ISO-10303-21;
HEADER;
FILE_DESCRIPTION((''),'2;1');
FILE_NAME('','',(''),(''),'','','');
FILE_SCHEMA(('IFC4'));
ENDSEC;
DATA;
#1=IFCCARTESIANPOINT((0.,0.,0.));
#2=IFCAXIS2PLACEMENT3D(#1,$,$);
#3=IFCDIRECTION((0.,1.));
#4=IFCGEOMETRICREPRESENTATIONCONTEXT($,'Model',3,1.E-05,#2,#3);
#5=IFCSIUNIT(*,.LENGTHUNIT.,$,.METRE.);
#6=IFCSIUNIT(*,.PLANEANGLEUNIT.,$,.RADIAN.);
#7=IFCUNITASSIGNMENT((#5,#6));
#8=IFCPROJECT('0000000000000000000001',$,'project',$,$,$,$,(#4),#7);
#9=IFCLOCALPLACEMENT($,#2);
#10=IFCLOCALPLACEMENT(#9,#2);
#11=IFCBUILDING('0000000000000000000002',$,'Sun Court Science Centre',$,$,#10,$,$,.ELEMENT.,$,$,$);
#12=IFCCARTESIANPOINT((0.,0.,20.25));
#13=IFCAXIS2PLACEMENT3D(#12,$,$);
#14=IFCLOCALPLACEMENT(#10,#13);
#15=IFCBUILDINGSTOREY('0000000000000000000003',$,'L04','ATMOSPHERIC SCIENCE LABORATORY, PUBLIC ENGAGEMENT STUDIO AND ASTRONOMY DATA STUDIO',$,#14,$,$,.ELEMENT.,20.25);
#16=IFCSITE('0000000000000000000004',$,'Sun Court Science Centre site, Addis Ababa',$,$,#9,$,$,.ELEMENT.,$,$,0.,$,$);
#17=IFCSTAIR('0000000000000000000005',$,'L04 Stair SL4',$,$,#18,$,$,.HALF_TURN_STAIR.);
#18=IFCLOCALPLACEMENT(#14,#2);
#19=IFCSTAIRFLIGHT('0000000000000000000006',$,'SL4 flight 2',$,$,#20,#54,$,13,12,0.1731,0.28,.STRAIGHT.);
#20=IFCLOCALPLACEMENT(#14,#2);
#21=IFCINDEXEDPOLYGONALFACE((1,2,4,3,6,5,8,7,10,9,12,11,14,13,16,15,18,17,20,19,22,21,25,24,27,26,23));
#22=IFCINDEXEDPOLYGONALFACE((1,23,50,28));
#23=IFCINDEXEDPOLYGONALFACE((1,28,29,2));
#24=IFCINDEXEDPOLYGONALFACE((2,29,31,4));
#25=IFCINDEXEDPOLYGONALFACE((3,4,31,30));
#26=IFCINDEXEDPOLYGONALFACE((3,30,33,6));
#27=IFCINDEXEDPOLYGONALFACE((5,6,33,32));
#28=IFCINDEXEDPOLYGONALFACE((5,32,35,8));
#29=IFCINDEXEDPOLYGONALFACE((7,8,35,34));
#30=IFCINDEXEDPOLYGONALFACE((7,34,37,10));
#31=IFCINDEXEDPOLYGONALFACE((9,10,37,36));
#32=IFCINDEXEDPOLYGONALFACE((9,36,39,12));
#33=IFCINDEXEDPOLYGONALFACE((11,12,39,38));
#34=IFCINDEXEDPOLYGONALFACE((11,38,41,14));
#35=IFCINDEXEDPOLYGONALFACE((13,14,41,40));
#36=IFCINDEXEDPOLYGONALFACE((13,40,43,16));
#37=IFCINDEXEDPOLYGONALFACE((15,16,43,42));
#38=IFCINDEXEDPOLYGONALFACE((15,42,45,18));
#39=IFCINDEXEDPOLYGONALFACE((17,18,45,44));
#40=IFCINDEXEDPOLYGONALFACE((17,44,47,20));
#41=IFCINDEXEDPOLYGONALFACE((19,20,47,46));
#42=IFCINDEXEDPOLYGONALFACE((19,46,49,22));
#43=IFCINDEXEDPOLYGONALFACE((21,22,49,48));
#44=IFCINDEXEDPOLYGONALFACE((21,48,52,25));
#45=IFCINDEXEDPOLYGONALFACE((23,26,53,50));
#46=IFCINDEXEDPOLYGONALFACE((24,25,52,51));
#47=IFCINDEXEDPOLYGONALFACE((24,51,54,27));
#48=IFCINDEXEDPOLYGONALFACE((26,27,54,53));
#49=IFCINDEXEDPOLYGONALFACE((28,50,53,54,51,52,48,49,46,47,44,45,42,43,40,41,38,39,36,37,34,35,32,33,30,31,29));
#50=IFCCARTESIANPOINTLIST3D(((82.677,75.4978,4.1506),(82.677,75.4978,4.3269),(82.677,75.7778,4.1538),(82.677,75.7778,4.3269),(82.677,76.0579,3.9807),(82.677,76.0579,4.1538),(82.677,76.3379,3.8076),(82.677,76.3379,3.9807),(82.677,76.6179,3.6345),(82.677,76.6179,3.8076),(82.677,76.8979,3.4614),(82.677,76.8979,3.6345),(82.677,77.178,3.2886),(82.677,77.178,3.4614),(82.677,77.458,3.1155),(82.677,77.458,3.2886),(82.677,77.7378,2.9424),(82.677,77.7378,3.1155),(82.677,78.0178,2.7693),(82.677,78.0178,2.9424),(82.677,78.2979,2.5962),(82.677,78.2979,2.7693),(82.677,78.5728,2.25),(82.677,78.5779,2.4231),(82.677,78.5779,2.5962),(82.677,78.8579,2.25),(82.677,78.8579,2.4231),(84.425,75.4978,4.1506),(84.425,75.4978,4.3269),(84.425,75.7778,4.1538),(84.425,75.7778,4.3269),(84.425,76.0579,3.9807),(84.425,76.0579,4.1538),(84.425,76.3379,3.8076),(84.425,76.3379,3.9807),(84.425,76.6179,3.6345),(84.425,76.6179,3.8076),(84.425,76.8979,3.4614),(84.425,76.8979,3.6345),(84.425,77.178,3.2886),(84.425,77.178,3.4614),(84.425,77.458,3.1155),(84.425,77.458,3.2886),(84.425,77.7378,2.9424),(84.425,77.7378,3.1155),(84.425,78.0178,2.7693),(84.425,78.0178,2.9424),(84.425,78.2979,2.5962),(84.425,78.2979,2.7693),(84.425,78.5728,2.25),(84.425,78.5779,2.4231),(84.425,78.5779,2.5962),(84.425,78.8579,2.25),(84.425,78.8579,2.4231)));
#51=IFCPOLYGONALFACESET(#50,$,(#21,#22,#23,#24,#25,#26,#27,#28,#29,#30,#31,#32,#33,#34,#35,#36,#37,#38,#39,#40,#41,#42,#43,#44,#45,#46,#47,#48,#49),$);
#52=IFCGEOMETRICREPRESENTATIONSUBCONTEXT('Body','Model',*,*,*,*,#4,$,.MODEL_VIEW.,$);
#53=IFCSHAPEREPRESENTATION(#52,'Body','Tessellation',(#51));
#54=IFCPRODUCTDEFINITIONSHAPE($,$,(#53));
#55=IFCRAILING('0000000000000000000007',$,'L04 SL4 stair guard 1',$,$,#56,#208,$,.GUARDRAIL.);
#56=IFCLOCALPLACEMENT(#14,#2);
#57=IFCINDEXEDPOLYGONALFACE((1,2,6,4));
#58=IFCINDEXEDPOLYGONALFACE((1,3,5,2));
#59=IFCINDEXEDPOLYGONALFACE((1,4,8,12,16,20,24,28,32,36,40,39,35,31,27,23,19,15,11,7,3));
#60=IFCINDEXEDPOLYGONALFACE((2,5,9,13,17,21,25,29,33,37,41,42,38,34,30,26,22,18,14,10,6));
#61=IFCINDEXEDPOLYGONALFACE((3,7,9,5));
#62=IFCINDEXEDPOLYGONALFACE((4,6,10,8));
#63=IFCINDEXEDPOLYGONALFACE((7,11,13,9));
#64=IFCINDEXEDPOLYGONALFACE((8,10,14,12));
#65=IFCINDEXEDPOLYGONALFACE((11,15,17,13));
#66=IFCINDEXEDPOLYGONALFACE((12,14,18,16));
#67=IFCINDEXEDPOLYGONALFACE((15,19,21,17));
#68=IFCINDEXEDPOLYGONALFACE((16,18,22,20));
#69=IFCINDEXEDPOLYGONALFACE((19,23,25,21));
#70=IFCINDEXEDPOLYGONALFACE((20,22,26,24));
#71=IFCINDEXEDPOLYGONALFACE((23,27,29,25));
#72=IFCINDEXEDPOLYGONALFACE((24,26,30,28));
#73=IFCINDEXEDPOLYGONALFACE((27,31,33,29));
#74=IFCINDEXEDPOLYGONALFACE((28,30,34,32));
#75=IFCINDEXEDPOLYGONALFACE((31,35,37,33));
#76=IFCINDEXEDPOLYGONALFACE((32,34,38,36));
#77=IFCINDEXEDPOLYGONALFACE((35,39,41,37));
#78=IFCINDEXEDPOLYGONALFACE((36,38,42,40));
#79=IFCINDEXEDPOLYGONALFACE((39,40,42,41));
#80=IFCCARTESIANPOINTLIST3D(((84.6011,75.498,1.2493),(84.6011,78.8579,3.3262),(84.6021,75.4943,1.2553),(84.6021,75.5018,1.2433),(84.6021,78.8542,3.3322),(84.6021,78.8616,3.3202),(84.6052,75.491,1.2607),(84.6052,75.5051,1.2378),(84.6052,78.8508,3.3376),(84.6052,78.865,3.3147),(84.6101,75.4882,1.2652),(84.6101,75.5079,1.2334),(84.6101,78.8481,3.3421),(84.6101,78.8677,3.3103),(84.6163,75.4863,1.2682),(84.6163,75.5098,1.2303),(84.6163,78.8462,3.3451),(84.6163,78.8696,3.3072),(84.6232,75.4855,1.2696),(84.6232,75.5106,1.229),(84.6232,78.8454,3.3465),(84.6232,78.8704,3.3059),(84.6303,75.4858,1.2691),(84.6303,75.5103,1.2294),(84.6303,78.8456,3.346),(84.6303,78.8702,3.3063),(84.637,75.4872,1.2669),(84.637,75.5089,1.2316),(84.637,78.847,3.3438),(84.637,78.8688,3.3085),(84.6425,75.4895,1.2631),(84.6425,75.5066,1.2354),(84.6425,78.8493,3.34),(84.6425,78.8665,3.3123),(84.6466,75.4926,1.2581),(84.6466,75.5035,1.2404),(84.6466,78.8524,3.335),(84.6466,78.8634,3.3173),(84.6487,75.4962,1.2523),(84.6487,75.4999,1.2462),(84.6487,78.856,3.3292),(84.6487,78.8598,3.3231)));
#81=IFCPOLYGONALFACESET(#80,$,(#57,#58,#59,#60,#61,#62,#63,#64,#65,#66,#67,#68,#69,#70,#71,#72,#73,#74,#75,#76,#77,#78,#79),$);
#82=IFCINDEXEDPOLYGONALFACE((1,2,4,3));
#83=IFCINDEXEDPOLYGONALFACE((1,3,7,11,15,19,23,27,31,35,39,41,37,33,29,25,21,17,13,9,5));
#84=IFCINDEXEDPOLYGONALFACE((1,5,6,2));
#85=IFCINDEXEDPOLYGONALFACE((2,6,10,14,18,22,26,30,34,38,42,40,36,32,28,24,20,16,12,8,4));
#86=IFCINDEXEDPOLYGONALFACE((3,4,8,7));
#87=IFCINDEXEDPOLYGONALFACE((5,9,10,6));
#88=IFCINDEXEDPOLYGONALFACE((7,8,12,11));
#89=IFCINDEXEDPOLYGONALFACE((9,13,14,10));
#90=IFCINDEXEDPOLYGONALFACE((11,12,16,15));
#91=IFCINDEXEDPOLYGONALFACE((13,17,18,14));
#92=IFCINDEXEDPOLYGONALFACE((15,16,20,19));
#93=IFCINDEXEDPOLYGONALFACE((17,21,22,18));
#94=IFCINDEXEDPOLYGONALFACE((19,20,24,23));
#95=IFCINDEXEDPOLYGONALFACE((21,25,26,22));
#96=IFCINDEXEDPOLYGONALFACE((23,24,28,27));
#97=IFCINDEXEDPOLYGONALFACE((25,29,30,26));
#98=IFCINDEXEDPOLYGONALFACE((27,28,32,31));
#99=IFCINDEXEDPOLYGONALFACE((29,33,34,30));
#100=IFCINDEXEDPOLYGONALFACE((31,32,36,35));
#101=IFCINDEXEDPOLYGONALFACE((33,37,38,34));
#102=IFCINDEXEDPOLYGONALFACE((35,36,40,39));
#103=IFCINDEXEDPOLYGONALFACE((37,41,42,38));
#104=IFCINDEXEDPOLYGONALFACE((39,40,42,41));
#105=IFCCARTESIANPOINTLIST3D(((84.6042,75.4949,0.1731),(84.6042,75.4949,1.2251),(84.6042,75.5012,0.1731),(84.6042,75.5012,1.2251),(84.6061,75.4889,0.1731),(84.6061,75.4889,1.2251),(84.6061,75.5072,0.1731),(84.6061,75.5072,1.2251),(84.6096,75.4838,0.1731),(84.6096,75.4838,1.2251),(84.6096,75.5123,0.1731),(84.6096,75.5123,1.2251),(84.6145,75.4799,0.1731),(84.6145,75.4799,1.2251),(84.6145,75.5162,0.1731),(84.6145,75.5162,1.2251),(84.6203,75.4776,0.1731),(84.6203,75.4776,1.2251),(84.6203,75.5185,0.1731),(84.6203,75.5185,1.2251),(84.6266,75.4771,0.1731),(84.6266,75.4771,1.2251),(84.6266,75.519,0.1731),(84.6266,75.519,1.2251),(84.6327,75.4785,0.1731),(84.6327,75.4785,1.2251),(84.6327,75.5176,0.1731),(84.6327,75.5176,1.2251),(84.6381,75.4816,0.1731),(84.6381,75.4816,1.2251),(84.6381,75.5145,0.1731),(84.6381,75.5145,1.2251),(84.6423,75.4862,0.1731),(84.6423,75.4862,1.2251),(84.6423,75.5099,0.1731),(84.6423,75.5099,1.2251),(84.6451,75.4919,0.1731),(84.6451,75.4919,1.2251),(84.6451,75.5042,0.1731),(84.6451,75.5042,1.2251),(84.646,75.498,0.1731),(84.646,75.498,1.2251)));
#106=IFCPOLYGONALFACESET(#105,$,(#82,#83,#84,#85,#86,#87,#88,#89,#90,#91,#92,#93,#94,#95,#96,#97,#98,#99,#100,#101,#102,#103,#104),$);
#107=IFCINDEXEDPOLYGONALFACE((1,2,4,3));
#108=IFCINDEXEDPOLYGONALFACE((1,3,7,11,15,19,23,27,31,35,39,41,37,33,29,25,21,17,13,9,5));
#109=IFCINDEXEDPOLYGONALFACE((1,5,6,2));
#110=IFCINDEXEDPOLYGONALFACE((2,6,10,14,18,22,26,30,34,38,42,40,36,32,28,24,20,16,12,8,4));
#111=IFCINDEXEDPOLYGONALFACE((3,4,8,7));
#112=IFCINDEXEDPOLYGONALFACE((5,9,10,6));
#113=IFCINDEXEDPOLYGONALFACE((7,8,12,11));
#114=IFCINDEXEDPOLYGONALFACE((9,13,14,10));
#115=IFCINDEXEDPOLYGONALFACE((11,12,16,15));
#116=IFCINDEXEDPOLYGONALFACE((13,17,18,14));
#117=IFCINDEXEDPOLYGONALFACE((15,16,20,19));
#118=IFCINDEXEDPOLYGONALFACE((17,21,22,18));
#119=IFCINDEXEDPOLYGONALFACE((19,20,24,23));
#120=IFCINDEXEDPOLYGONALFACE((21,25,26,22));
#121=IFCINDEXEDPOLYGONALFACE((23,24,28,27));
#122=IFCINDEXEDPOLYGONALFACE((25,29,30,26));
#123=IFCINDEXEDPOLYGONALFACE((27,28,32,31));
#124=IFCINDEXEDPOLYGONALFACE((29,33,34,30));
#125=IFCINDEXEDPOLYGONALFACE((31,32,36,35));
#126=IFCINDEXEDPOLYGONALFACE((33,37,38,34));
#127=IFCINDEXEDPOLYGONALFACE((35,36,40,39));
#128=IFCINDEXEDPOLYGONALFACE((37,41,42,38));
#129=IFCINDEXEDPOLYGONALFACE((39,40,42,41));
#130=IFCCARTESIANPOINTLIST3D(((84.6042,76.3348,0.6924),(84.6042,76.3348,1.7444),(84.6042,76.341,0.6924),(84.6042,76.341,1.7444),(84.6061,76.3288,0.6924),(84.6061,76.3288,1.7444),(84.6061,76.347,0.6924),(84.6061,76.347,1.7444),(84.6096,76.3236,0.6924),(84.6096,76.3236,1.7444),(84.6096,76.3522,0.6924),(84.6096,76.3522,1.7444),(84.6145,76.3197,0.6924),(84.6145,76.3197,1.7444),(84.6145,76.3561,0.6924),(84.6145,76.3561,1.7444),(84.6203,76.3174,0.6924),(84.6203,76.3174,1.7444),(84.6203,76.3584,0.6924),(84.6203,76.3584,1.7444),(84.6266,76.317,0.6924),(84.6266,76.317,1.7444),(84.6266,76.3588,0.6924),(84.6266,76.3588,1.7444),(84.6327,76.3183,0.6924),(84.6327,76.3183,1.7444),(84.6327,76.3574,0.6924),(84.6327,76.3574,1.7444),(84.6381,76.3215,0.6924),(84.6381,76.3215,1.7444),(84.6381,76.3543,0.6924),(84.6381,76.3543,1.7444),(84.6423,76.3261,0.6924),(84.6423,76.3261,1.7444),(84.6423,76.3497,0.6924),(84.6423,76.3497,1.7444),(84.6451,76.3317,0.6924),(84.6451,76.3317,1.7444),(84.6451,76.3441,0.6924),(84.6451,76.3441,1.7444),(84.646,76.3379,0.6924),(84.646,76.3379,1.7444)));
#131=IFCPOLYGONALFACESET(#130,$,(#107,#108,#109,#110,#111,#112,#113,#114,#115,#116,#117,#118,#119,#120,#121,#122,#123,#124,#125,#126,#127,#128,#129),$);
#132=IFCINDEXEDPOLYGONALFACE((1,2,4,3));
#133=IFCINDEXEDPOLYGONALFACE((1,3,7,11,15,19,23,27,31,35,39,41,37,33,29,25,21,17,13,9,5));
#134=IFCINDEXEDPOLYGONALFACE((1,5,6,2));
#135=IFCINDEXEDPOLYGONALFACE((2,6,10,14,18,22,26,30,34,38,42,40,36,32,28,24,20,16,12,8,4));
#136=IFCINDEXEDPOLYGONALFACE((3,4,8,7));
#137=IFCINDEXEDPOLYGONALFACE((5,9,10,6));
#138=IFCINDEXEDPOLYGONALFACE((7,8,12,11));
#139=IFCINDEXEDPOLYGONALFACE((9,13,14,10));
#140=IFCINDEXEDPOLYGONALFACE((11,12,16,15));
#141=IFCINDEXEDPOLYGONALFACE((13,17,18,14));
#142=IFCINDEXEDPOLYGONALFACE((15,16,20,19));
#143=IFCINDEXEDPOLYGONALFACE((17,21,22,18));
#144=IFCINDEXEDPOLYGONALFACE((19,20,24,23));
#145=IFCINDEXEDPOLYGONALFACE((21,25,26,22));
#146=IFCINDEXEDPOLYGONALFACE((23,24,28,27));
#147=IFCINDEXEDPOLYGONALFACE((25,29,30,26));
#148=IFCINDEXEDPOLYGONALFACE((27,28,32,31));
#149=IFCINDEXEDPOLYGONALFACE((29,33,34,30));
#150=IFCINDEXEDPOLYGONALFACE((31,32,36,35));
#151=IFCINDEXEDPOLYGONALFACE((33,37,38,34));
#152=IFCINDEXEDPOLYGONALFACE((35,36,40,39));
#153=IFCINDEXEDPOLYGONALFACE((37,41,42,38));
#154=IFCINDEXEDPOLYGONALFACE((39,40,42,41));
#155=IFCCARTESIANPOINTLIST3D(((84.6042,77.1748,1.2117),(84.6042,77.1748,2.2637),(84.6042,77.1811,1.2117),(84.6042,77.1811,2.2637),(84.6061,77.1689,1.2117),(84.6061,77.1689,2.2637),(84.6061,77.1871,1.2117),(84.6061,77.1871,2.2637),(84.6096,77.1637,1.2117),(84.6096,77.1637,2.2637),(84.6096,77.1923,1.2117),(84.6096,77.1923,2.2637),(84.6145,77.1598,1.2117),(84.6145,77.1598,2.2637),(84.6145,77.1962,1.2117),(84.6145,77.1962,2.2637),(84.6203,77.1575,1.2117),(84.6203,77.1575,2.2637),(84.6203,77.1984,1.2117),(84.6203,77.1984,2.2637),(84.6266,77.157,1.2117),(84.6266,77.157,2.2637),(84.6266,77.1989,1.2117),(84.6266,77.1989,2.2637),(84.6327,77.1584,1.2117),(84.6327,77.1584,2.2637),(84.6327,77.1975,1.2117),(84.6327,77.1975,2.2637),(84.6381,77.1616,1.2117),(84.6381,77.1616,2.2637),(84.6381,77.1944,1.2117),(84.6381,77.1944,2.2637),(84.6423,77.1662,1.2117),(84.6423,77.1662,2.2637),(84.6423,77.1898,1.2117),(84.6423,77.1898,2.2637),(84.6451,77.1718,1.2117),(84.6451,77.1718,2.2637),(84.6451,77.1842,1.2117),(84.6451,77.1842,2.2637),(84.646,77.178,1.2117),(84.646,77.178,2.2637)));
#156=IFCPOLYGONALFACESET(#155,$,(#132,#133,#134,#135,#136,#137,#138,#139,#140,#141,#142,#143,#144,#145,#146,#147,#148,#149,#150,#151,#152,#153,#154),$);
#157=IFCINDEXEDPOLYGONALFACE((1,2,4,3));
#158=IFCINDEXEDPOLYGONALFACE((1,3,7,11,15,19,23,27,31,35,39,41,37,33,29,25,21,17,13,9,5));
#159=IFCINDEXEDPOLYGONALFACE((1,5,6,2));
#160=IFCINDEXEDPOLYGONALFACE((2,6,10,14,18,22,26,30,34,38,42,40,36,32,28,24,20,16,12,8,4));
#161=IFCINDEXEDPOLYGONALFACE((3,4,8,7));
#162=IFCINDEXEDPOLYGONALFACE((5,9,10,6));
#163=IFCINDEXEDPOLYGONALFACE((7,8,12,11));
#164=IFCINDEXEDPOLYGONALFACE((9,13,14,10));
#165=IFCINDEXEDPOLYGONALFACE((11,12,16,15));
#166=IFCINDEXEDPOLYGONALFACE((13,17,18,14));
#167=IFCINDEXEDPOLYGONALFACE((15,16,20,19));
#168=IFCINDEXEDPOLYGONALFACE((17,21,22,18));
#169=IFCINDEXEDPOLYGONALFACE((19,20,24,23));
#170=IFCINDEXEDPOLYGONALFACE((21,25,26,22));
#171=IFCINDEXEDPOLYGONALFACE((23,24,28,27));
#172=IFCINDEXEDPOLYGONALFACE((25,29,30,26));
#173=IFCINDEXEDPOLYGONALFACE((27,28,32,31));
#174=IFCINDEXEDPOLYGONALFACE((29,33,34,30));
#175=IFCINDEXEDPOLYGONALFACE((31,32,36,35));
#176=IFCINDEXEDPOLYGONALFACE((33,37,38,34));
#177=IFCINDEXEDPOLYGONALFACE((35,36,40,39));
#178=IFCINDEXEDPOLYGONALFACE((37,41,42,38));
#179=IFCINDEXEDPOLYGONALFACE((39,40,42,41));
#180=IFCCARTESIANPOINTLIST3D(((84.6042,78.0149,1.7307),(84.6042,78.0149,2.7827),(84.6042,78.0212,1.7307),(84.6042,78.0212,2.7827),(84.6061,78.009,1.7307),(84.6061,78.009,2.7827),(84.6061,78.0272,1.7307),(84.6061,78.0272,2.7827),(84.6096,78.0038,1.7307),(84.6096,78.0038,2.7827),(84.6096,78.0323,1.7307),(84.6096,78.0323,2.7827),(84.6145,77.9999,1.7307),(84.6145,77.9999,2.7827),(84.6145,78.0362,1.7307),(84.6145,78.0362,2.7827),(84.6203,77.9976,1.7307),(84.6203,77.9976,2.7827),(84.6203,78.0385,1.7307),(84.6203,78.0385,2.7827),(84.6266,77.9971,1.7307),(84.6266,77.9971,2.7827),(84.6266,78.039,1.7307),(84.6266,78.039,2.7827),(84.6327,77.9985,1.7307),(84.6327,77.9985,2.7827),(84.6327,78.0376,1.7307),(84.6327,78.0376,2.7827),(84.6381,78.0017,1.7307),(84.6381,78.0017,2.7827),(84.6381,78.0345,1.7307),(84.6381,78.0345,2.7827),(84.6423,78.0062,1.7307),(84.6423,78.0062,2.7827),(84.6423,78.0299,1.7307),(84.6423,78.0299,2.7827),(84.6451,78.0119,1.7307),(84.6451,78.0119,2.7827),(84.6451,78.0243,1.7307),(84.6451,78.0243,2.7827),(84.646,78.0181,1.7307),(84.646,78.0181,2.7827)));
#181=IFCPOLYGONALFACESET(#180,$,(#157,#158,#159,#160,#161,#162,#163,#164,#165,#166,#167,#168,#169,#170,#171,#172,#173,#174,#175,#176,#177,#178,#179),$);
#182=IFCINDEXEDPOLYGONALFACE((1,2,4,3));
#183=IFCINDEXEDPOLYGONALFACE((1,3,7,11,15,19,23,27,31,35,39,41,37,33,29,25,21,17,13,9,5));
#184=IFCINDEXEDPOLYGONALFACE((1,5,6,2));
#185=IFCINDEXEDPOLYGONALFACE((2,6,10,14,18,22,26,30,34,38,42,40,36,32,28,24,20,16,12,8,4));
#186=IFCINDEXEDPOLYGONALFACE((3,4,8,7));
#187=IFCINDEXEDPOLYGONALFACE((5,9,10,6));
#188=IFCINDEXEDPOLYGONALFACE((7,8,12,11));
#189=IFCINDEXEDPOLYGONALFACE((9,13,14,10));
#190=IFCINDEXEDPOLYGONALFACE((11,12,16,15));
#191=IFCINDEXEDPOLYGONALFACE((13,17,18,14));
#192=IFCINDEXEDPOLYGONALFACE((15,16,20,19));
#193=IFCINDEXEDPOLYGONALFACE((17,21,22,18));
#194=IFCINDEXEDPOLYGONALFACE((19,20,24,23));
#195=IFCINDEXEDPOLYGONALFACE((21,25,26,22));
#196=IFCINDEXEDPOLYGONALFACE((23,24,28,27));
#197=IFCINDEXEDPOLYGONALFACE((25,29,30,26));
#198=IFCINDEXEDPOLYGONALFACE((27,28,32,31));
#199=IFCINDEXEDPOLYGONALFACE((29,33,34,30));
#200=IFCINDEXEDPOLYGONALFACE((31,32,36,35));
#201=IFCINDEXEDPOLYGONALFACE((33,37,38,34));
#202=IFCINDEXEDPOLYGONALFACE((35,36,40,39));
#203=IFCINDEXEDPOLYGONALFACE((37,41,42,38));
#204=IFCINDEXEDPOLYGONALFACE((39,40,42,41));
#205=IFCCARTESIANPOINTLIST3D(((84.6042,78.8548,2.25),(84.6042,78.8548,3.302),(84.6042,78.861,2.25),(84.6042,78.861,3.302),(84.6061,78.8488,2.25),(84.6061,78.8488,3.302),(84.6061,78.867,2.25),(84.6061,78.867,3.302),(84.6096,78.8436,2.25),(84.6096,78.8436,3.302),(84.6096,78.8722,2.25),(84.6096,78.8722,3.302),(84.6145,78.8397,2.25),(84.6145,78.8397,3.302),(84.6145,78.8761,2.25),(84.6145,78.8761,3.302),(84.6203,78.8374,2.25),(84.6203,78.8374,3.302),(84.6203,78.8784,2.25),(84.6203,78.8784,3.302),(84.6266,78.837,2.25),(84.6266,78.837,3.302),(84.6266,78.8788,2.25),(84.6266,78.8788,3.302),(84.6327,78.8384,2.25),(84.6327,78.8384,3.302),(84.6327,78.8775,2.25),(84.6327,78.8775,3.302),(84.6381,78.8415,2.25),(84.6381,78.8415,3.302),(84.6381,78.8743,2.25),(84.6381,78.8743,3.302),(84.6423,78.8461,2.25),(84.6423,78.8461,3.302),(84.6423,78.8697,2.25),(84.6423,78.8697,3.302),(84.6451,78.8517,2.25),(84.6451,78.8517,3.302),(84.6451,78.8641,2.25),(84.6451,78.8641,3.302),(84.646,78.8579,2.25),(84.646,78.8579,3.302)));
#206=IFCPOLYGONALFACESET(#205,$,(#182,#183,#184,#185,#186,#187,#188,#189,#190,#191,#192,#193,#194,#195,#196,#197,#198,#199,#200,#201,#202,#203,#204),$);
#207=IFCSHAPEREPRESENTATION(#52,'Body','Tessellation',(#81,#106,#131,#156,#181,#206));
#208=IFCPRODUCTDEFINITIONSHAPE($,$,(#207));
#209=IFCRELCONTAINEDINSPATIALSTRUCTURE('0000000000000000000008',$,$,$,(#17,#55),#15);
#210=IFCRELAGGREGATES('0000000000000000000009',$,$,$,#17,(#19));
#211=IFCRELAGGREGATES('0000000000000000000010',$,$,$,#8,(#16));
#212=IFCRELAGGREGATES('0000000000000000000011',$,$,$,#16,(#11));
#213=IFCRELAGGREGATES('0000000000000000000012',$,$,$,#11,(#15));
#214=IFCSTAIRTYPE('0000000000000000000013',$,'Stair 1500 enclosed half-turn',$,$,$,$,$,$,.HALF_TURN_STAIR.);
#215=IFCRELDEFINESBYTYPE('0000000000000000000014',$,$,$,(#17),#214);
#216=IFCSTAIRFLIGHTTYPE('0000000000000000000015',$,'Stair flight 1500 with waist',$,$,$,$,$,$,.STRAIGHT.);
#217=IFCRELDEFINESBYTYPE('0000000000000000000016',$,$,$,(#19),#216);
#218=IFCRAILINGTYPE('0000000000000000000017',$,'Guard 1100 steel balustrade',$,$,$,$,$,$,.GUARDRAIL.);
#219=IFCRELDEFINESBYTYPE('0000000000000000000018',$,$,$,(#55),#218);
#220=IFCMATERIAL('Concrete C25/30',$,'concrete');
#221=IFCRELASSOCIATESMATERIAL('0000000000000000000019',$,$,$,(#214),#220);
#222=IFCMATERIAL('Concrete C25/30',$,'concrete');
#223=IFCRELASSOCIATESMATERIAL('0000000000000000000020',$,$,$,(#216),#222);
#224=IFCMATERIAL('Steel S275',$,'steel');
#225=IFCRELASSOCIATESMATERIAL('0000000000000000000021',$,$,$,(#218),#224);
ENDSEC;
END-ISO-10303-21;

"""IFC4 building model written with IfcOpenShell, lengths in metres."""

from ifc_helpers import new_model, si_unit, direction, frame, origin, origin_2d, place, context, subcontext, project, spatial, polyline, circle, outline, extrude, material, type_object, element, aggregate, save


model = new_model("IFC4")

# Units and contexts
model_context = context("Model", 3, precision=1e-05, world=origin(), true_north=direction((0.0, 1.0)))
body_context = subcontext(model_context, "Body", "Model", "MODEL_VIEW")
ifc_project = project(units=[si_unit("LENGTHUNIT", "METRE"), si_unit("PLANEANGLEUNIT", "RADIAN")], contexts=[model_context])

# Site, building, storey
site_placement = place(None, origin())
site = spatial("IfcSite", under=ifc_project, at=site_placement, Name="Sun Court Science Centre site, Addis Ababa", CompositionType="ELEMENT", RefElevation=0.0)
building_placement = place(site_placement, origin())
building = spatial("IfcBuilding", under=site, at=building_placement, Name="Sun Court Science Centre", CompositionType="ELEMENT")
storey_placement = place(building_placement, frame((0.0, 0.0, 20.25)))
storey = spatial("IfcBuildingStorey", under=building, at=storey_placement, Name="L04", Description="ATMOSPHERIC SCIENCE LABORATORY, PUBLIC ENGAGEMENT STUDIO AND ASTRONOMY DATA STUDIO", CompositionType="ELEMENT", Elevation=20.25)

# Stair, stair flight
ifc_material_1 = material(Name="Concrete C25/30", Category="concrete")
stair_type = type_object("IfcStairType", Name="Stair 1500 enclosed half-turn", PredefinedType="HALF_TURN_STAIR", material=ifc_material_1)
stair_placement = place(storey_placement, origin())
stair = element("IfcStair", 1, at=stair_placement, inside=storey, type_object=stair_type, Name="L04 Stair SL4", PredefinedType="HALF_TURN_STAIR")
ifc_material_2 = material(Name="Concrete C25/30", Category="concrete")
stair_flight_type = type_object("IfcStairFlightType", Name="Stair flight 1500 with waist", PredefinedType="STRAIGHT", material=ifc_material_2)
stair_flight_1_placement = place(storey_placement, frame((83.551, 78.8579, 2.25), z_axis=(0.0, 0.0, 1.0), x_axis=(0.0, -1.0, 0.0)))
stair_flight_1 = element("IfcStairFlight", 2, at=stair_flight_1_placement, type_object=stair_flight_type, Name="SL4 flight 2", NumberOfRisers=13, NumberOfTreads=12, PredefinedType="STRAIGHT", RiserHeight=0.1731, TreadLength=0.28, context=body_context, shape_type="SweptSolid", body=[
    extrude(outline(polyline([(0.0, 0.0), (0.0, 0.1731), (0.28, 0.1731), (0.28, 0.3462), (0.5601, 0.3462), (0.5601, 0.5193), (0.8401, 0.5193), (0.8401, 0.6924), (1.1201, 0.6924), (1.1201, 0.8655), (1.3999, 0.8655), (1.3999, 1.0386), (1.6799, 1.0386), (1.6799, 1.2114), (1.96, 1.2114), (1.96, 1.3845), (2.24, 1.3845), (2.24, 1.5576), (2.52, 1.5576), (2.52, 1.7307), (2.8, 1.7307), (2.8, 1.9038), (3.0801, 1.9038), (3.0801, 2.0769), (3.3601, 2.0769), (3.3601, 2.25), (3.3601, 1.9006), (0.2852, 0.0), (0.0, 0.0)])), frame((0.0, 0.874, 0.0), z_axis=(0.0, -1.0, 0.0), x_axis=(1.0, 0.0, 0.0)), (0.0, 0.0, 1.0), 1.748),
])
aggregate(stair, [stair_flight_1])

# Railing
ifc_material_3 = material(Name="Steel S275", Category="steel")
railing_type_1 = type_object("IfcRailingType", Name="Guard 1100 steel balustrade", PredefinedType="GUARDRAIL", material=ifc_material_3)
railing_1_placement = place(storey_placement, frame((84.625, 75.498, 0.1731)))
element("IfcRailing", 3, at=railing_1_placement, inside=storey, type_object=railing_type_1, Name="L04 SL4 stair guard 1", PredefinedType="GUARDRAIL", context=body_context, shape_type="SweptSolid", body=[
    extrude(circle(Radius=0.0239, at=origin_2d()), frame((0.0, 0.0, 1.0762), z_axis=(0.0, 0.850606, 0.525803), x_axis=(-1.0, 0.0, 0.0)), (0.0, 0.0, 1.0), 3.95),
    extrude(circle(Radius=0.021, at=origin_2d()), origin(), (0.0, 0.0, 1.0), 1.052),
    extrude(circle(Radius=0.021, at=origin_2d()), frame((0.0, 0.8398, 0.5193)), (0.0, 0.0, 1.0), 1.052),
    extrude(circle(Radius=0.021, at=origin_2d()), frame((0.0, 1.6799, 1.0386)), (0.0, 0.0, 1.0), 1.052),
    extrude(circle(Radius=0.021, at=origin_2d()), frame((0.0, 2.52, 1.5576)), (0.0, 0.0, 1.0), 1.052),
    extrude(circle(Radius=0.021, at=origin_2d()), frame((0.0, 3.3599, 2.0769)), (0.0, 0.0, 1.0), 1.052),
])

save(model, "model.ifc")
